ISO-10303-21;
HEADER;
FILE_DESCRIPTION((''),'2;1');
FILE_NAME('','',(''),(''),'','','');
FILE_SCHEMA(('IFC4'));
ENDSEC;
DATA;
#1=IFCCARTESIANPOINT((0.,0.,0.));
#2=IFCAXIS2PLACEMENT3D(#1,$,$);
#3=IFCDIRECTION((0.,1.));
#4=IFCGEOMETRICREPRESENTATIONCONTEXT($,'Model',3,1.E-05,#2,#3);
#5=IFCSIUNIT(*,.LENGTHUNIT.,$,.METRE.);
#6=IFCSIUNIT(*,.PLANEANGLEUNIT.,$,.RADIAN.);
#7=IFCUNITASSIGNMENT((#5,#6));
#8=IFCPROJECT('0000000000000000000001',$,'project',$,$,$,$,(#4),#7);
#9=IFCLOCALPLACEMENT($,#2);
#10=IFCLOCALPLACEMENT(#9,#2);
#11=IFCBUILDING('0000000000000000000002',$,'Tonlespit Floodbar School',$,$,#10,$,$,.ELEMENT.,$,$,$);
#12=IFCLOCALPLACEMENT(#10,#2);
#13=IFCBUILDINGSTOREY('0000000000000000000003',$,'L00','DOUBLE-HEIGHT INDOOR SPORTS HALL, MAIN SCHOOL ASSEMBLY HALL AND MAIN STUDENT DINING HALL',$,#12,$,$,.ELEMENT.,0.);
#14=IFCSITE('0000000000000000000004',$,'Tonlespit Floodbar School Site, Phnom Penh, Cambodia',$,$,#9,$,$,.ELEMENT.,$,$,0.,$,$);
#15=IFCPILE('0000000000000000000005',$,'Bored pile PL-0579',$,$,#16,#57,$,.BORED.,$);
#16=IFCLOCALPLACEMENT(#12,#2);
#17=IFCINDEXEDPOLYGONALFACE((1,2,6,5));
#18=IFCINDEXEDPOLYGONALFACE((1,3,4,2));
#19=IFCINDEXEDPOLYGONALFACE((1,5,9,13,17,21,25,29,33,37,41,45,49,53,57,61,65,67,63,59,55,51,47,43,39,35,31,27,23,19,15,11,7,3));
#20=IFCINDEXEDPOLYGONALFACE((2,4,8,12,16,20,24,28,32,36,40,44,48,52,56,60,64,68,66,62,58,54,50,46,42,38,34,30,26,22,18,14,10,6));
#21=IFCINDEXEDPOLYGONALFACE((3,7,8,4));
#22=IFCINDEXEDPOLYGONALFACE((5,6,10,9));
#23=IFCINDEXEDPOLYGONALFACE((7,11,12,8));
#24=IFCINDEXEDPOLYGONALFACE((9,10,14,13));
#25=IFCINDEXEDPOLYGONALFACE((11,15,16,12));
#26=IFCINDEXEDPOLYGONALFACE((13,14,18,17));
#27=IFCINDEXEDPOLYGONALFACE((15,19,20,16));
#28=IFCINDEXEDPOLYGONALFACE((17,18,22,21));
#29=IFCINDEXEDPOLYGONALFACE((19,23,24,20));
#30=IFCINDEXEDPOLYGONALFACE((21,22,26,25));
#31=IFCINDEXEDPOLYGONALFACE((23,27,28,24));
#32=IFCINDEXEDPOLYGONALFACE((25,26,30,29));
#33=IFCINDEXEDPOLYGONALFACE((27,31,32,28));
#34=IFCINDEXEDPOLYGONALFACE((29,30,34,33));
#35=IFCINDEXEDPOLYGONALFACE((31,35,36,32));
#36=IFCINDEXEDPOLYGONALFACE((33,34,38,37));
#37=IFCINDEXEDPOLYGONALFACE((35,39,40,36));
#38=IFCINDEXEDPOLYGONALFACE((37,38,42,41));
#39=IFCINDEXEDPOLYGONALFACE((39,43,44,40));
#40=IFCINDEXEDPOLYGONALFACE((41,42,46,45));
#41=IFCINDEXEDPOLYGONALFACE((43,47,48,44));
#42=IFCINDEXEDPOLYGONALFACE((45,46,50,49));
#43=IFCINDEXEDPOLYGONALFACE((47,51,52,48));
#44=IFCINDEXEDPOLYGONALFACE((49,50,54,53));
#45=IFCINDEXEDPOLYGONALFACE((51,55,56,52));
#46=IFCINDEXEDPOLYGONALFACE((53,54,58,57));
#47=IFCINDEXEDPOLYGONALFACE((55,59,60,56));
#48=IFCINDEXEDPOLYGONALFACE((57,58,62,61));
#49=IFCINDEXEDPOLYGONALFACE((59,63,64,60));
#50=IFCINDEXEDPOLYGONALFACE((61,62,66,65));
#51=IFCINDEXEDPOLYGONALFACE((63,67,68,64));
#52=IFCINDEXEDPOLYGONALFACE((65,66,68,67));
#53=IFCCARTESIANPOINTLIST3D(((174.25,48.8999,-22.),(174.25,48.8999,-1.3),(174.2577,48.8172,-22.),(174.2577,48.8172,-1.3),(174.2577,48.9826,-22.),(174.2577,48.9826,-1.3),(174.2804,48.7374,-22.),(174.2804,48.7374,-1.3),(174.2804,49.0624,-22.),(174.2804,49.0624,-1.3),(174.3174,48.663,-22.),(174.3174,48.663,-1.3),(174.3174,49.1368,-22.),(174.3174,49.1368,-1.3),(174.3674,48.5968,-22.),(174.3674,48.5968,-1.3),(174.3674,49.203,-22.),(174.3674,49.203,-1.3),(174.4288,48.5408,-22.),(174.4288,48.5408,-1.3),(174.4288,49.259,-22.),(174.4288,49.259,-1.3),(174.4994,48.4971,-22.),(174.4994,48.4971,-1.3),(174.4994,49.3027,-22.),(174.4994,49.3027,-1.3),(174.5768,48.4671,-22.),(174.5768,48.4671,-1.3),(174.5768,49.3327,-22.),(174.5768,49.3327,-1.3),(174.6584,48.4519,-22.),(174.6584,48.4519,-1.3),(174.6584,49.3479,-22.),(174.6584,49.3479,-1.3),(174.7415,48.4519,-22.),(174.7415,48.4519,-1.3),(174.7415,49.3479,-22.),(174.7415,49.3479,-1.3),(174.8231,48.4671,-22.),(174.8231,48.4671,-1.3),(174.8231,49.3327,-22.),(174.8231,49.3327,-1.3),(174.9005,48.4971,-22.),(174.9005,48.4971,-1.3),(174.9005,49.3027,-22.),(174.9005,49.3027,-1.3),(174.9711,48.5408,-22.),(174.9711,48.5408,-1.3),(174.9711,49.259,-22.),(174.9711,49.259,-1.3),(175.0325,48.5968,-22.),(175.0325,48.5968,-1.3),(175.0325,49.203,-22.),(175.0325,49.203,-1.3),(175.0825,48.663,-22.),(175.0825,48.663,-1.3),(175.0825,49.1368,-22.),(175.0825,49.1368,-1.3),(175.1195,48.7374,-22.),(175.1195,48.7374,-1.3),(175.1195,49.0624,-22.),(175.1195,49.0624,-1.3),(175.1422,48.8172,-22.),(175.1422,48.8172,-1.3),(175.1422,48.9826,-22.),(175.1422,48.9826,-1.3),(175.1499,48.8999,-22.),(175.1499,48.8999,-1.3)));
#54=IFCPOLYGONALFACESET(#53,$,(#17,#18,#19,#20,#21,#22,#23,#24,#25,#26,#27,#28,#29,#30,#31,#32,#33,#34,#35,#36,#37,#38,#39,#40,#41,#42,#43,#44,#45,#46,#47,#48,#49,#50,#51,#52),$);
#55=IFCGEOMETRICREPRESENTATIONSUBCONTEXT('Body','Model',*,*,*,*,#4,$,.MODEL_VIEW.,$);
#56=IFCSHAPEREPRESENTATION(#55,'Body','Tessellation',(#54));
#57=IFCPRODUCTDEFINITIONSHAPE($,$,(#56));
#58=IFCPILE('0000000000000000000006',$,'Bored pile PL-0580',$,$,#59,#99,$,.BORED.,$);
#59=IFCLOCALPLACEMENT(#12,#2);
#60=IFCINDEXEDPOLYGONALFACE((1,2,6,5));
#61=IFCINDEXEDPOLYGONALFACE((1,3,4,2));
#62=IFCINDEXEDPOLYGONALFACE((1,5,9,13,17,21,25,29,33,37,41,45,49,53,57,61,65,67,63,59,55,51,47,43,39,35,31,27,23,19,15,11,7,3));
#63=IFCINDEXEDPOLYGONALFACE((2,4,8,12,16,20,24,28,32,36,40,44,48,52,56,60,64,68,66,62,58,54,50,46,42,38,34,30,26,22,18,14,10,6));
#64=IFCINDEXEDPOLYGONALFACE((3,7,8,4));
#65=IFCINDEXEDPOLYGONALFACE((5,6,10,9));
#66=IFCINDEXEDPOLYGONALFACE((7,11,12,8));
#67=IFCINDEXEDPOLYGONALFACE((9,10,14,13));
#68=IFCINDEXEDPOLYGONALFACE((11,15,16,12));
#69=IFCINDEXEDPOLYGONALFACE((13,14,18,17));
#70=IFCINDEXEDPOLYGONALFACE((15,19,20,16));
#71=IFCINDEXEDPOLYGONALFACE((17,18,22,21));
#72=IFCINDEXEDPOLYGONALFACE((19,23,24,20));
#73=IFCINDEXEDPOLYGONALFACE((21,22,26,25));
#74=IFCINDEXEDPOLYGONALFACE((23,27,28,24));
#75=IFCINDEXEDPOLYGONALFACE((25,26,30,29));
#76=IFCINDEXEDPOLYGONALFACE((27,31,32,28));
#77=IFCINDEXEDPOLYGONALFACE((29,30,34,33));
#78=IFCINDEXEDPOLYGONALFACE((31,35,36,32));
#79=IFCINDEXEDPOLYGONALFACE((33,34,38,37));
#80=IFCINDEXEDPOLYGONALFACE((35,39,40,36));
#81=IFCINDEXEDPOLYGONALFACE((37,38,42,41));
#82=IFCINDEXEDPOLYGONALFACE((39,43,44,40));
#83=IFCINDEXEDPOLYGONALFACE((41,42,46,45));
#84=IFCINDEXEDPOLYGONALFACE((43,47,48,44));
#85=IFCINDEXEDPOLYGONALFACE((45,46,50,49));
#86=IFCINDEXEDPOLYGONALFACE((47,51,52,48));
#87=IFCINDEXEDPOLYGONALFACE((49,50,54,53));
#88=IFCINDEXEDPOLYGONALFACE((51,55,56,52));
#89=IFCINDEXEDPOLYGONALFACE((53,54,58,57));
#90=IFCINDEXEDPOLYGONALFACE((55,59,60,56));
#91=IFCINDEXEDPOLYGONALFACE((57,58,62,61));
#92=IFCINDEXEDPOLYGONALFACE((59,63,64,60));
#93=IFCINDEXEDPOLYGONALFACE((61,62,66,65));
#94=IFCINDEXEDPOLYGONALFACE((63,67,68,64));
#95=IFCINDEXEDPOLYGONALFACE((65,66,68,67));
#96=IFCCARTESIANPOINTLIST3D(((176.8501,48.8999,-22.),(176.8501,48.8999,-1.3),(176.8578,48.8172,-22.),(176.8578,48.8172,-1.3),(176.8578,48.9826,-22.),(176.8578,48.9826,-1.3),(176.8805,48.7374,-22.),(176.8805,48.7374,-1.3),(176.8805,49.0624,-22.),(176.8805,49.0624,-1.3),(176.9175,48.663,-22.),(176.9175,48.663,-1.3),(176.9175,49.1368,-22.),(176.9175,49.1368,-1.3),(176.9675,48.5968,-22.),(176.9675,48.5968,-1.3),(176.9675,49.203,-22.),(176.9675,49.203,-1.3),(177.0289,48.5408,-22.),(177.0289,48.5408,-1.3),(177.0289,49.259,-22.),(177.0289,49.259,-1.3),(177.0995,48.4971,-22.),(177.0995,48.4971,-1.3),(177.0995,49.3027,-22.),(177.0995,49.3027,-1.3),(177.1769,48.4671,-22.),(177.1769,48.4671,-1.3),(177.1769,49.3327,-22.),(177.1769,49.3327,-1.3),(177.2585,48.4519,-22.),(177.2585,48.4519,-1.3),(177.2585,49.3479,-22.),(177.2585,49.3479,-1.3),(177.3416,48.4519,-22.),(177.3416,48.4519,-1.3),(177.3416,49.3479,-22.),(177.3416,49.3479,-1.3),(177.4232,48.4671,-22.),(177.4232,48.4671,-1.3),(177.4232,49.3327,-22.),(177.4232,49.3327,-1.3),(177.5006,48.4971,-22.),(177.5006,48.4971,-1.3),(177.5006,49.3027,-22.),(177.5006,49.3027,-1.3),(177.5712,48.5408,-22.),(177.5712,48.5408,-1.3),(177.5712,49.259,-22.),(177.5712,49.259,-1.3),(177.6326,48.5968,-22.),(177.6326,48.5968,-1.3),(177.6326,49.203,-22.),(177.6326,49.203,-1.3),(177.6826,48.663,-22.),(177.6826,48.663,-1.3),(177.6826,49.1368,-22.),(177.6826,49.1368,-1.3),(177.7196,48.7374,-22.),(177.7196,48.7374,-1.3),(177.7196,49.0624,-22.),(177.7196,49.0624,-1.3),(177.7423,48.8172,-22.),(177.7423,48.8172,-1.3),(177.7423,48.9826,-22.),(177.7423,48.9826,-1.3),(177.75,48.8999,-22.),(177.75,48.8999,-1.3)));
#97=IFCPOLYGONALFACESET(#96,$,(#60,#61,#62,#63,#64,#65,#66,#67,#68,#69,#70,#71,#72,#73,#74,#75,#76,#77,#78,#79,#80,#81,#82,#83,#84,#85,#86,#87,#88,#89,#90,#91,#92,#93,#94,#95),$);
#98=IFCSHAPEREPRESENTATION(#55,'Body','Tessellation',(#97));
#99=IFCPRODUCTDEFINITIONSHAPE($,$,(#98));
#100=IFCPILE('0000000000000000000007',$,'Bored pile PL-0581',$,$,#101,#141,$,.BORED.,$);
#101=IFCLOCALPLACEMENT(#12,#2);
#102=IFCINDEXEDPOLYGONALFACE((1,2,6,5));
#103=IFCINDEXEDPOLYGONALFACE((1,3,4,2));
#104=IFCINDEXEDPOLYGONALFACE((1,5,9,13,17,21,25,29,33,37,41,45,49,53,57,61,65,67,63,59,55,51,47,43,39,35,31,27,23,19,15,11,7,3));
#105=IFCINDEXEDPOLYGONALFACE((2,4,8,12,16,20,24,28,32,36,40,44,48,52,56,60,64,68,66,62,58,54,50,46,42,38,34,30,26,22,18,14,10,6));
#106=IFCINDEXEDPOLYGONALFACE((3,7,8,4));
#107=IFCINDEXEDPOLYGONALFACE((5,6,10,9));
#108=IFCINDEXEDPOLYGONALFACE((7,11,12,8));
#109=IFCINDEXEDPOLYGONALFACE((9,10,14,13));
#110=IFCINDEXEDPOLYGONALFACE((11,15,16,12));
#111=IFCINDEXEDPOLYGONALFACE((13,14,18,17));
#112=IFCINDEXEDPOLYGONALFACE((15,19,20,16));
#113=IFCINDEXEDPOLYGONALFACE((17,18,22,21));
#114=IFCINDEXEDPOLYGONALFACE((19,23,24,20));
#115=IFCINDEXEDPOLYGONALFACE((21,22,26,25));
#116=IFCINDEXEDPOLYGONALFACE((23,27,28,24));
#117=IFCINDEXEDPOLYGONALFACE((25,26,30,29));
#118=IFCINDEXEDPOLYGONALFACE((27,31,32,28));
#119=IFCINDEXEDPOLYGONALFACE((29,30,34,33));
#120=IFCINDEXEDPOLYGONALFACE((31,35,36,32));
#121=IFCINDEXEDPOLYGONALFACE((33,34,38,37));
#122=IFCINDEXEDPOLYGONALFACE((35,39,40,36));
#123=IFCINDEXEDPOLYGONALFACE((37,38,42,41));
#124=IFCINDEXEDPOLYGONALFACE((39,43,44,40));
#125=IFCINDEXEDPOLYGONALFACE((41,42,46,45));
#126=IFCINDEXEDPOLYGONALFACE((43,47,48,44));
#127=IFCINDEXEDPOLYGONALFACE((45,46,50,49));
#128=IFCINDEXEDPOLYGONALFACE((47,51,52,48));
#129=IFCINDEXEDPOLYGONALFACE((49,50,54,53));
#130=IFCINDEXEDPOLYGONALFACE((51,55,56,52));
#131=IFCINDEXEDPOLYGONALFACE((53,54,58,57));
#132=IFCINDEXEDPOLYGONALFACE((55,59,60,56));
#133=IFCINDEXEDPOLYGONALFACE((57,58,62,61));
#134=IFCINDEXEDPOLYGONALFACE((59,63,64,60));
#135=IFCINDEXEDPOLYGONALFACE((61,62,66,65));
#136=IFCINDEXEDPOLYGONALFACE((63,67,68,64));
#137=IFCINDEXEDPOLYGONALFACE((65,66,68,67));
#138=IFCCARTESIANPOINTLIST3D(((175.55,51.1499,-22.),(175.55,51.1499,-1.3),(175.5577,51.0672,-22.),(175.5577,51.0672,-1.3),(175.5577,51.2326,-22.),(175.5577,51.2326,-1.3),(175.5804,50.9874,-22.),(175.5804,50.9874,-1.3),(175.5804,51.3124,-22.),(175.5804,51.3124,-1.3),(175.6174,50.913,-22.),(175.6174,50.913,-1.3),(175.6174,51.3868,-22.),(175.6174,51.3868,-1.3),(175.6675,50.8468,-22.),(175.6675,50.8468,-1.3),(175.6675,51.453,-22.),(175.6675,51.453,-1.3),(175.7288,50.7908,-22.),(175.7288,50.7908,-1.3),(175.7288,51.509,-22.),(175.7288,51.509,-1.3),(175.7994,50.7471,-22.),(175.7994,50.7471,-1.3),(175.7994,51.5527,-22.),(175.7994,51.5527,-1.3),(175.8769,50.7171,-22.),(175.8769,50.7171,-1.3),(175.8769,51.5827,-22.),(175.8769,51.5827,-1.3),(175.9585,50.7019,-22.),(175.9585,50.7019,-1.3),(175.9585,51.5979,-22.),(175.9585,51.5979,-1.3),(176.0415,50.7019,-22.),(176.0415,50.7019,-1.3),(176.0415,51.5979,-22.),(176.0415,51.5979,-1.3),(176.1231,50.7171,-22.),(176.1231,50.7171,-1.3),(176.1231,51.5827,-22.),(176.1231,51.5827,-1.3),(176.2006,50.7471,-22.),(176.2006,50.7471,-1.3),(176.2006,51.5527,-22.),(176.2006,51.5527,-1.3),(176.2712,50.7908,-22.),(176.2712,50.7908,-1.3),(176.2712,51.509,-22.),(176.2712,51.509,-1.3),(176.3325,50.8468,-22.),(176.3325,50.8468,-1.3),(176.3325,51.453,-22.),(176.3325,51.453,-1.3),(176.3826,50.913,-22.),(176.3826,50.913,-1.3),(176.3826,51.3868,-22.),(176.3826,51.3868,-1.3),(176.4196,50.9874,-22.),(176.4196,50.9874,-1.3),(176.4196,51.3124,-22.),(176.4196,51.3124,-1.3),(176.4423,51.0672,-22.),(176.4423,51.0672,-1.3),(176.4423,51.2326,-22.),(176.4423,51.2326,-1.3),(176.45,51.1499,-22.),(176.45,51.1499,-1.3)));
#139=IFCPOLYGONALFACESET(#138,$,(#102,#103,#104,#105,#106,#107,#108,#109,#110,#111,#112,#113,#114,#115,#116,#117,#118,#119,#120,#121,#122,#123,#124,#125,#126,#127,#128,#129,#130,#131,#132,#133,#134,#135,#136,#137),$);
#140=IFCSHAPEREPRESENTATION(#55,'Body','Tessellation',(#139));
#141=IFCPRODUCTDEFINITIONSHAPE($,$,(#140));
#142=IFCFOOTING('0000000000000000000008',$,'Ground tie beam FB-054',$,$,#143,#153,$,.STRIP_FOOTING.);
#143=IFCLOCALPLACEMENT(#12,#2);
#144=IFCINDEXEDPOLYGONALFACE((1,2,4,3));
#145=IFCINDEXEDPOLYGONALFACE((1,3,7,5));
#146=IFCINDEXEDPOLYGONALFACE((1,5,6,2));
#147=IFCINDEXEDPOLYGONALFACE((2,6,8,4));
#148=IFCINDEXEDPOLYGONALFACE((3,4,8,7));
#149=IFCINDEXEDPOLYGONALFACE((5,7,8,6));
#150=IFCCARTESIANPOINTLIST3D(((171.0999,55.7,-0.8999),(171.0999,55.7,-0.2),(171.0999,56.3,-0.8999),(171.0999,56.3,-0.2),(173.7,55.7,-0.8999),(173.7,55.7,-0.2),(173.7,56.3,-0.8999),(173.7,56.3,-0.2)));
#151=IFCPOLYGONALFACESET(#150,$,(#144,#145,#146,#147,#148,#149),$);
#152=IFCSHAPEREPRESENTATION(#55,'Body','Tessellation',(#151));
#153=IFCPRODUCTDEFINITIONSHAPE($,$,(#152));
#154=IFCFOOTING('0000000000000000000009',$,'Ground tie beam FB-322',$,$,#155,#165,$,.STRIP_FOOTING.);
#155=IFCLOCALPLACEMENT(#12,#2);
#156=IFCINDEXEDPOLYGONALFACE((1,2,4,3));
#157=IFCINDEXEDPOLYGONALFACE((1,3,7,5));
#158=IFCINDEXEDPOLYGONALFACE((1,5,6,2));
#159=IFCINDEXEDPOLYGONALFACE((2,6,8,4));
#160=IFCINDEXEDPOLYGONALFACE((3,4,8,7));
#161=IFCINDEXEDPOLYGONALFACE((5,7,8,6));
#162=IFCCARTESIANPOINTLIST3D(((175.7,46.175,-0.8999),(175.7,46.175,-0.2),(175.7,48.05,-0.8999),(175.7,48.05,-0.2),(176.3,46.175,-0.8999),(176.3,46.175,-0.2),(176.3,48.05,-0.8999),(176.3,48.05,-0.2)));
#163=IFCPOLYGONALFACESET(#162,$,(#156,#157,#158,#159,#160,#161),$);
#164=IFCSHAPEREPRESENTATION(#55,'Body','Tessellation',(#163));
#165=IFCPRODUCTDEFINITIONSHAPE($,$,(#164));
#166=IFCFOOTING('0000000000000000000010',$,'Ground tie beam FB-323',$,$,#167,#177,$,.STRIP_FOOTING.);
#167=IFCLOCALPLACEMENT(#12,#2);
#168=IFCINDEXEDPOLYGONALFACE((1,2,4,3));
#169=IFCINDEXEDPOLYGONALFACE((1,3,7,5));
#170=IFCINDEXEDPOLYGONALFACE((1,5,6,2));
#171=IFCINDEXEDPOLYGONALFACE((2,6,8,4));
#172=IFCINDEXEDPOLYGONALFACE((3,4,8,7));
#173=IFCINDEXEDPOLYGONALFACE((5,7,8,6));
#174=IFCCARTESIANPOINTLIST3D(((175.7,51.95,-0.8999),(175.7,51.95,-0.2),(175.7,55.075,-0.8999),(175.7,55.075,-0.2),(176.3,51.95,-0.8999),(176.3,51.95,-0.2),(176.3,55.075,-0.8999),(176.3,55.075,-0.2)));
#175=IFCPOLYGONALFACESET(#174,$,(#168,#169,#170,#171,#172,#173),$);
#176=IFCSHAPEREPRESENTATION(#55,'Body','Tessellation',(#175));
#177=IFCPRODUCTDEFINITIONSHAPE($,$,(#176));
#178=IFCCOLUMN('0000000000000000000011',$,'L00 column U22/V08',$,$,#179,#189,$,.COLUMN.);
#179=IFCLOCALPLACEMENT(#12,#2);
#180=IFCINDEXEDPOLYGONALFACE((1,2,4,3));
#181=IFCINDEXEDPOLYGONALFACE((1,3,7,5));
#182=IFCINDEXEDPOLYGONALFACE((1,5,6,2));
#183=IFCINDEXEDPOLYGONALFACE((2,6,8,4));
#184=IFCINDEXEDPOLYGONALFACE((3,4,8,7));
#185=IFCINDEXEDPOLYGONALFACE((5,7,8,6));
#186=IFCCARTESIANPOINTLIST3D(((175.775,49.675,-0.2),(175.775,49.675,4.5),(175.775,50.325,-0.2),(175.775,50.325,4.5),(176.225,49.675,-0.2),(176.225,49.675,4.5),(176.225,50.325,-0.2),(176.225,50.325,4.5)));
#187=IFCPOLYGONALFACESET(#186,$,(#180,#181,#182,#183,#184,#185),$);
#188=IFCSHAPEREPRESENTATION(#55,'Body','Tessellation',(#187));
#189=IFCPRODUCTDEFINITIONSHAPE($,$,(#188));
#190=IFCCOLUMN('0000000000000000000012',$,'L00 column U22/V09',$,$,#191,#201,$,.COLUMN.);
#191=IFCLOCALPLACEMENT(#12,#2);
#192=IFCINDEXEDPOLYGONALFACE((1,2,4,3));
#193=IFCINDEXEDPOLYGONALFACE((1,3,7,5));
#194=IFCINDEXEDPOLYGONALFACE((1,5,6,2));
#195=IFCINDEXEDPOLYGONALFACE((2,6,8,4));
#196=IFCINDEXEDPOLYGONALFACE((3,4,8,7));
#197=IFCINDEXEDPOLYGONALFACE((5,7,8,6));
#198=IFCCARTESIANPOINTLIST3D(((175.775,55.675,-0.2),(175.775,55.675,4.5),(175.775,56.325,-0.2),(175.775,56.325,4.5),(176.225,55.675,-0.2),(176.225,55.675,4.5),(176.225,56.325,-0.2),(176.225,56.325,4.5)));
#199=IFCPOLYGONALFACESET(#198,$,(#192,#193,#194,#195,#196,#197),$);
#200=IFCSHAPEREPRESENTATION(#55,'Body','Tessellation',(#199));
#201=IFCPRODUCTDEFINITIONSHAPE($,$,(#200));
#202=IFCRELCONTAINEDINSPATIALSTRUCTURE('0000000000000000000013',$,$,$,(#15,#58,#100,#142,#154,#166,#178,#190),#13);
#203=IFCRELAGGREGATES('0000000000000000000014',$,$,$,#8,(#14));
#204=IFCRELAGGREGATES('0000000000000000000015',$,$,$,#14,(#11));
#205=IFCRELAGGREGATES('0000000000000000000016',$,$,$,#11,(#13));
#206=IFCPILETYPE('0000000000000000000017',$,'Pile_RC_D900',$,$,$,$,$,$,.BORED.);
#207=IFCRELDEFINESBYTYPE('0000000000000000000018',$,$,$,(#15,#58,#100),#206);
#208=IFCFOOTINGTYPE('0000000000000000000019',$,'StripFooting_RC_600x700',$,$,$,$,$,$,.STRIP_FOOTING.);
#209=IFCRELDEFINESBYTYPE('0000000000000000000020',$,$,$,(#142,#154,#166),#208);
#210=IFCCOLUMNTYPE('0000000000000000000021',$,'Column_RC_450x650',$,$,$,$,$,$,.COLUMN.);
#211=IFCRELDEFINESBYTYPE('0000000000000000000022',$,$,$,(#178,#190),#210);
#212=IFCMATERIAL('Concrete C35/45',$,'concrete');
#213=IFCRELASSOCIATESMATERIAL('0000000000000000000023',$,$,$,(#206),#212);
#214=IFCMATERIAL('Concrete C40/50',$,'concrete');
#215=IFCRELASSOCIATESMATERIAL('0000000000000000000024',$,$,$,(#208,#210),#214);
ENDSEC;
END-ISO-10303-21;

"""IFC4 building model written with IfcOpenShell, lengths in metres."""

from ifc_helpers import new_model, si_unit, direction, frame, origin, origin_2d, place, context, subcontext, project, spatial, rectangle, circle, extrude, material, material_profile, profile_set, type_object, element, save


model = new_model("IFC4")

# Units and contexts
model_context = context("Model", 3, precision=1e-05, world=origin(), true_north=direction((0.0, 1.0)))
body_context = subcontext(model_context, "Body", "Model", "MODEL_VIEW")
ifc_project = project(units=[si_unit("LENGTHUNIT", "METRE"), si_unit("PLANEANGLEUNIT", "RADIAN")], contexts=[model_context])

# Site, building, storey
site_placement = place(None, origin())
site = spatial("IfcSite", under=ifc_project, at=site_placement, Name="Tonlespit Floodbar School Site, Phnom Penh, Cambodia", CompositionType="ELEMENT", RefElevation=0.0)
building_placement = place(site_placement, origin())
building = spatial("IfcBuilding", under=site, at=building_placement, Name="Tonlespit Floodbar School", CompositionType="ELEMENT")
storey_placement = place(building_placement, origin())
storey = spatial("IfcBuildingStorey", under=building, at=storey_placement, Name="L00", Description="DOUBLE-HEIGHT INDOOR SPORTS HALL, MAIN SCHOOL ASSEMBLY HALL AND MAIN STUDENT DINING HALL", CompositionType="ELEMENT", Elevation=0.0)

# Shared definitions
ifc_material_1 = material(Name="Concrete C40/50", Category="concrete")

# Piles
ifc_material_2 = material(Name="Concrete C35/45", Category="concrete")
ifc_material_profile_1 = material_profile(ifc_material_2, circle(Radius=0.45, at=origin_2d()), Name="BP D900")
ifc_profile_set_1 = profile_set([ifc_material_profile_1], Name="Concrete C35/45")
pile_type_1 = type_object("IfcPileType", Name="Pile_RC_D900", PredefinedType="BORED", material=ifc_profile_set_1)
for number, where, z_axis, x_axis, name in (
    (1, (174.7, 48.8999, -1.3), (0.0, 0.0, -1.0), (1.0, 0.0, 0.0), "Bored pile PL-0579"),
    (2, (177.3, 48.8999, -1.3), (0.0, 0.0, -1.0), (1.0, 0.0, 0.0), "Bored pile PL-0580"),
    (3, (176.0, 51.1499, -1.3), (0.0, 0.0, -1.0), (1.0, 0.0, 0.0), "Bored pile PL-0581"),
):
    element("IfcPile", number, at=place(storey_placement, frame(where, z_axis=z_axis, x_axis=x_axis)), inside=storey, type_object=pile_type_1, Name=name, PredefinedType="BORED", context=body_context, shape_type="SweptSolid", body=[
        extrude(circle(Radius=0.45, at=origin_2d()), origin(), (0.0, 0.0, 1.0), 20.7),
    ])

# Footings
footing_type_1 = type_object("IfcFootingType", Name="StripFooting_RC_600x700", PredefinedType="STRIP_FOOTING", material=ifc_material_1)
footing_1_placement = place(storey_placement, frame((172.3999, 56.0, -0.8999), z_axis=(0.0, 0.0, 1.0), x_axis=(1.0, 0.0, 0.0)))
element("IfcFooting", 4, at=footing_1_placement, inside=storey, type_object=footing_type_1, Name="Ground tie beam FB-054", PredefinedType="STRIP_FOOTING", context=body_context, shape_type="SweptSolid", body=[
    extrude(rectangle(XDim=2.6001, YDim=0.6001, at=origin_2d()), origin(), (0.0, 0.0, 1.0), 0.7),
])
footing_2_placement = place(storey_placement, frame((176.0, 47.1125, -0.8999), z_axis=(0.0, 0.0, 1.0), x_axis=(0.0, 1.0, 0.0)))
element("IfcFooting", 5, at=footing_2_placement, inside=storey, type_object=footing_type_1, Name="Ground tie beam FB-322", PredefinedType="STRIP_FOOTING", context=body_context, shape_type="SweptSolid", body=[
    extrude(rectangle(XDim=1.875, YDim=0.6001, at=origin_2d()), origin(), (0.0, 0.0, 1.0), 0.7),
])
footing_3_placement = place(storey_placement, frame((176.0, 53.5125, -0.8999), z_axis=(0.0, 0.0, 1.0), x_axis=(0.0, 1.0, 0.0)))
element("IfcFooting", 6, at=footing_3_placement, inside=storey, type_object=footing_type_1, Name="Ground tie beam FB-323", PredefinedType="STRIP_FOOTING", context=body_context, shape_type="SweptSolid", body=[
    extrude(rectangle(XDim=3.125, YDim=0.6001, at=origin_2d()), origin(), (0.0, 0.0, 1.0), 0.7),
])

# Columns
ifc_material_profile_2 = material_profile(ifc_material_1, rectangle(XDim=0.45, YDim=0.6499, at=origin_2d()), Name="RC 450x650")
ifc_profile_set_2 = profile_set([ifc_material_profile_2], Name="Concrete C40/50")
column_type = type_object("IfcColumnType", Name="Column_RC_450x650", PredefinedType="COLUMN", material=ifc_profile_set_2)
for number, where, z_axis, x_axis, name in (
    (7, (176.0, 50.0, -0.2), (0.0, 0.0, 1.0), (1.0, 0.0, 0.0), "L00 column U22/V08"),
    (8, (176.0, 56.0, -0.2), (0.0, 0.0, 1.0), (1.0, 0.0, 0.0), "L00 column U22/V09"),
):
    element("IfcColumn", number, at=place(storey_placement, frame(where, z_axis=z_axis, x_axis=x_axis)), inside=storey, type_object=column_type, Name=name, PredefinedType="COLUMN", context=body_context, shape_type="SweptSolid", body=[
        extrude(rectangle(XDim=0.45, YDim=0.6499, at=origin_2d()), origin(), (0.0, 0.0, 1.0), 4.7),
    ])

save(model, "model.ifc")
